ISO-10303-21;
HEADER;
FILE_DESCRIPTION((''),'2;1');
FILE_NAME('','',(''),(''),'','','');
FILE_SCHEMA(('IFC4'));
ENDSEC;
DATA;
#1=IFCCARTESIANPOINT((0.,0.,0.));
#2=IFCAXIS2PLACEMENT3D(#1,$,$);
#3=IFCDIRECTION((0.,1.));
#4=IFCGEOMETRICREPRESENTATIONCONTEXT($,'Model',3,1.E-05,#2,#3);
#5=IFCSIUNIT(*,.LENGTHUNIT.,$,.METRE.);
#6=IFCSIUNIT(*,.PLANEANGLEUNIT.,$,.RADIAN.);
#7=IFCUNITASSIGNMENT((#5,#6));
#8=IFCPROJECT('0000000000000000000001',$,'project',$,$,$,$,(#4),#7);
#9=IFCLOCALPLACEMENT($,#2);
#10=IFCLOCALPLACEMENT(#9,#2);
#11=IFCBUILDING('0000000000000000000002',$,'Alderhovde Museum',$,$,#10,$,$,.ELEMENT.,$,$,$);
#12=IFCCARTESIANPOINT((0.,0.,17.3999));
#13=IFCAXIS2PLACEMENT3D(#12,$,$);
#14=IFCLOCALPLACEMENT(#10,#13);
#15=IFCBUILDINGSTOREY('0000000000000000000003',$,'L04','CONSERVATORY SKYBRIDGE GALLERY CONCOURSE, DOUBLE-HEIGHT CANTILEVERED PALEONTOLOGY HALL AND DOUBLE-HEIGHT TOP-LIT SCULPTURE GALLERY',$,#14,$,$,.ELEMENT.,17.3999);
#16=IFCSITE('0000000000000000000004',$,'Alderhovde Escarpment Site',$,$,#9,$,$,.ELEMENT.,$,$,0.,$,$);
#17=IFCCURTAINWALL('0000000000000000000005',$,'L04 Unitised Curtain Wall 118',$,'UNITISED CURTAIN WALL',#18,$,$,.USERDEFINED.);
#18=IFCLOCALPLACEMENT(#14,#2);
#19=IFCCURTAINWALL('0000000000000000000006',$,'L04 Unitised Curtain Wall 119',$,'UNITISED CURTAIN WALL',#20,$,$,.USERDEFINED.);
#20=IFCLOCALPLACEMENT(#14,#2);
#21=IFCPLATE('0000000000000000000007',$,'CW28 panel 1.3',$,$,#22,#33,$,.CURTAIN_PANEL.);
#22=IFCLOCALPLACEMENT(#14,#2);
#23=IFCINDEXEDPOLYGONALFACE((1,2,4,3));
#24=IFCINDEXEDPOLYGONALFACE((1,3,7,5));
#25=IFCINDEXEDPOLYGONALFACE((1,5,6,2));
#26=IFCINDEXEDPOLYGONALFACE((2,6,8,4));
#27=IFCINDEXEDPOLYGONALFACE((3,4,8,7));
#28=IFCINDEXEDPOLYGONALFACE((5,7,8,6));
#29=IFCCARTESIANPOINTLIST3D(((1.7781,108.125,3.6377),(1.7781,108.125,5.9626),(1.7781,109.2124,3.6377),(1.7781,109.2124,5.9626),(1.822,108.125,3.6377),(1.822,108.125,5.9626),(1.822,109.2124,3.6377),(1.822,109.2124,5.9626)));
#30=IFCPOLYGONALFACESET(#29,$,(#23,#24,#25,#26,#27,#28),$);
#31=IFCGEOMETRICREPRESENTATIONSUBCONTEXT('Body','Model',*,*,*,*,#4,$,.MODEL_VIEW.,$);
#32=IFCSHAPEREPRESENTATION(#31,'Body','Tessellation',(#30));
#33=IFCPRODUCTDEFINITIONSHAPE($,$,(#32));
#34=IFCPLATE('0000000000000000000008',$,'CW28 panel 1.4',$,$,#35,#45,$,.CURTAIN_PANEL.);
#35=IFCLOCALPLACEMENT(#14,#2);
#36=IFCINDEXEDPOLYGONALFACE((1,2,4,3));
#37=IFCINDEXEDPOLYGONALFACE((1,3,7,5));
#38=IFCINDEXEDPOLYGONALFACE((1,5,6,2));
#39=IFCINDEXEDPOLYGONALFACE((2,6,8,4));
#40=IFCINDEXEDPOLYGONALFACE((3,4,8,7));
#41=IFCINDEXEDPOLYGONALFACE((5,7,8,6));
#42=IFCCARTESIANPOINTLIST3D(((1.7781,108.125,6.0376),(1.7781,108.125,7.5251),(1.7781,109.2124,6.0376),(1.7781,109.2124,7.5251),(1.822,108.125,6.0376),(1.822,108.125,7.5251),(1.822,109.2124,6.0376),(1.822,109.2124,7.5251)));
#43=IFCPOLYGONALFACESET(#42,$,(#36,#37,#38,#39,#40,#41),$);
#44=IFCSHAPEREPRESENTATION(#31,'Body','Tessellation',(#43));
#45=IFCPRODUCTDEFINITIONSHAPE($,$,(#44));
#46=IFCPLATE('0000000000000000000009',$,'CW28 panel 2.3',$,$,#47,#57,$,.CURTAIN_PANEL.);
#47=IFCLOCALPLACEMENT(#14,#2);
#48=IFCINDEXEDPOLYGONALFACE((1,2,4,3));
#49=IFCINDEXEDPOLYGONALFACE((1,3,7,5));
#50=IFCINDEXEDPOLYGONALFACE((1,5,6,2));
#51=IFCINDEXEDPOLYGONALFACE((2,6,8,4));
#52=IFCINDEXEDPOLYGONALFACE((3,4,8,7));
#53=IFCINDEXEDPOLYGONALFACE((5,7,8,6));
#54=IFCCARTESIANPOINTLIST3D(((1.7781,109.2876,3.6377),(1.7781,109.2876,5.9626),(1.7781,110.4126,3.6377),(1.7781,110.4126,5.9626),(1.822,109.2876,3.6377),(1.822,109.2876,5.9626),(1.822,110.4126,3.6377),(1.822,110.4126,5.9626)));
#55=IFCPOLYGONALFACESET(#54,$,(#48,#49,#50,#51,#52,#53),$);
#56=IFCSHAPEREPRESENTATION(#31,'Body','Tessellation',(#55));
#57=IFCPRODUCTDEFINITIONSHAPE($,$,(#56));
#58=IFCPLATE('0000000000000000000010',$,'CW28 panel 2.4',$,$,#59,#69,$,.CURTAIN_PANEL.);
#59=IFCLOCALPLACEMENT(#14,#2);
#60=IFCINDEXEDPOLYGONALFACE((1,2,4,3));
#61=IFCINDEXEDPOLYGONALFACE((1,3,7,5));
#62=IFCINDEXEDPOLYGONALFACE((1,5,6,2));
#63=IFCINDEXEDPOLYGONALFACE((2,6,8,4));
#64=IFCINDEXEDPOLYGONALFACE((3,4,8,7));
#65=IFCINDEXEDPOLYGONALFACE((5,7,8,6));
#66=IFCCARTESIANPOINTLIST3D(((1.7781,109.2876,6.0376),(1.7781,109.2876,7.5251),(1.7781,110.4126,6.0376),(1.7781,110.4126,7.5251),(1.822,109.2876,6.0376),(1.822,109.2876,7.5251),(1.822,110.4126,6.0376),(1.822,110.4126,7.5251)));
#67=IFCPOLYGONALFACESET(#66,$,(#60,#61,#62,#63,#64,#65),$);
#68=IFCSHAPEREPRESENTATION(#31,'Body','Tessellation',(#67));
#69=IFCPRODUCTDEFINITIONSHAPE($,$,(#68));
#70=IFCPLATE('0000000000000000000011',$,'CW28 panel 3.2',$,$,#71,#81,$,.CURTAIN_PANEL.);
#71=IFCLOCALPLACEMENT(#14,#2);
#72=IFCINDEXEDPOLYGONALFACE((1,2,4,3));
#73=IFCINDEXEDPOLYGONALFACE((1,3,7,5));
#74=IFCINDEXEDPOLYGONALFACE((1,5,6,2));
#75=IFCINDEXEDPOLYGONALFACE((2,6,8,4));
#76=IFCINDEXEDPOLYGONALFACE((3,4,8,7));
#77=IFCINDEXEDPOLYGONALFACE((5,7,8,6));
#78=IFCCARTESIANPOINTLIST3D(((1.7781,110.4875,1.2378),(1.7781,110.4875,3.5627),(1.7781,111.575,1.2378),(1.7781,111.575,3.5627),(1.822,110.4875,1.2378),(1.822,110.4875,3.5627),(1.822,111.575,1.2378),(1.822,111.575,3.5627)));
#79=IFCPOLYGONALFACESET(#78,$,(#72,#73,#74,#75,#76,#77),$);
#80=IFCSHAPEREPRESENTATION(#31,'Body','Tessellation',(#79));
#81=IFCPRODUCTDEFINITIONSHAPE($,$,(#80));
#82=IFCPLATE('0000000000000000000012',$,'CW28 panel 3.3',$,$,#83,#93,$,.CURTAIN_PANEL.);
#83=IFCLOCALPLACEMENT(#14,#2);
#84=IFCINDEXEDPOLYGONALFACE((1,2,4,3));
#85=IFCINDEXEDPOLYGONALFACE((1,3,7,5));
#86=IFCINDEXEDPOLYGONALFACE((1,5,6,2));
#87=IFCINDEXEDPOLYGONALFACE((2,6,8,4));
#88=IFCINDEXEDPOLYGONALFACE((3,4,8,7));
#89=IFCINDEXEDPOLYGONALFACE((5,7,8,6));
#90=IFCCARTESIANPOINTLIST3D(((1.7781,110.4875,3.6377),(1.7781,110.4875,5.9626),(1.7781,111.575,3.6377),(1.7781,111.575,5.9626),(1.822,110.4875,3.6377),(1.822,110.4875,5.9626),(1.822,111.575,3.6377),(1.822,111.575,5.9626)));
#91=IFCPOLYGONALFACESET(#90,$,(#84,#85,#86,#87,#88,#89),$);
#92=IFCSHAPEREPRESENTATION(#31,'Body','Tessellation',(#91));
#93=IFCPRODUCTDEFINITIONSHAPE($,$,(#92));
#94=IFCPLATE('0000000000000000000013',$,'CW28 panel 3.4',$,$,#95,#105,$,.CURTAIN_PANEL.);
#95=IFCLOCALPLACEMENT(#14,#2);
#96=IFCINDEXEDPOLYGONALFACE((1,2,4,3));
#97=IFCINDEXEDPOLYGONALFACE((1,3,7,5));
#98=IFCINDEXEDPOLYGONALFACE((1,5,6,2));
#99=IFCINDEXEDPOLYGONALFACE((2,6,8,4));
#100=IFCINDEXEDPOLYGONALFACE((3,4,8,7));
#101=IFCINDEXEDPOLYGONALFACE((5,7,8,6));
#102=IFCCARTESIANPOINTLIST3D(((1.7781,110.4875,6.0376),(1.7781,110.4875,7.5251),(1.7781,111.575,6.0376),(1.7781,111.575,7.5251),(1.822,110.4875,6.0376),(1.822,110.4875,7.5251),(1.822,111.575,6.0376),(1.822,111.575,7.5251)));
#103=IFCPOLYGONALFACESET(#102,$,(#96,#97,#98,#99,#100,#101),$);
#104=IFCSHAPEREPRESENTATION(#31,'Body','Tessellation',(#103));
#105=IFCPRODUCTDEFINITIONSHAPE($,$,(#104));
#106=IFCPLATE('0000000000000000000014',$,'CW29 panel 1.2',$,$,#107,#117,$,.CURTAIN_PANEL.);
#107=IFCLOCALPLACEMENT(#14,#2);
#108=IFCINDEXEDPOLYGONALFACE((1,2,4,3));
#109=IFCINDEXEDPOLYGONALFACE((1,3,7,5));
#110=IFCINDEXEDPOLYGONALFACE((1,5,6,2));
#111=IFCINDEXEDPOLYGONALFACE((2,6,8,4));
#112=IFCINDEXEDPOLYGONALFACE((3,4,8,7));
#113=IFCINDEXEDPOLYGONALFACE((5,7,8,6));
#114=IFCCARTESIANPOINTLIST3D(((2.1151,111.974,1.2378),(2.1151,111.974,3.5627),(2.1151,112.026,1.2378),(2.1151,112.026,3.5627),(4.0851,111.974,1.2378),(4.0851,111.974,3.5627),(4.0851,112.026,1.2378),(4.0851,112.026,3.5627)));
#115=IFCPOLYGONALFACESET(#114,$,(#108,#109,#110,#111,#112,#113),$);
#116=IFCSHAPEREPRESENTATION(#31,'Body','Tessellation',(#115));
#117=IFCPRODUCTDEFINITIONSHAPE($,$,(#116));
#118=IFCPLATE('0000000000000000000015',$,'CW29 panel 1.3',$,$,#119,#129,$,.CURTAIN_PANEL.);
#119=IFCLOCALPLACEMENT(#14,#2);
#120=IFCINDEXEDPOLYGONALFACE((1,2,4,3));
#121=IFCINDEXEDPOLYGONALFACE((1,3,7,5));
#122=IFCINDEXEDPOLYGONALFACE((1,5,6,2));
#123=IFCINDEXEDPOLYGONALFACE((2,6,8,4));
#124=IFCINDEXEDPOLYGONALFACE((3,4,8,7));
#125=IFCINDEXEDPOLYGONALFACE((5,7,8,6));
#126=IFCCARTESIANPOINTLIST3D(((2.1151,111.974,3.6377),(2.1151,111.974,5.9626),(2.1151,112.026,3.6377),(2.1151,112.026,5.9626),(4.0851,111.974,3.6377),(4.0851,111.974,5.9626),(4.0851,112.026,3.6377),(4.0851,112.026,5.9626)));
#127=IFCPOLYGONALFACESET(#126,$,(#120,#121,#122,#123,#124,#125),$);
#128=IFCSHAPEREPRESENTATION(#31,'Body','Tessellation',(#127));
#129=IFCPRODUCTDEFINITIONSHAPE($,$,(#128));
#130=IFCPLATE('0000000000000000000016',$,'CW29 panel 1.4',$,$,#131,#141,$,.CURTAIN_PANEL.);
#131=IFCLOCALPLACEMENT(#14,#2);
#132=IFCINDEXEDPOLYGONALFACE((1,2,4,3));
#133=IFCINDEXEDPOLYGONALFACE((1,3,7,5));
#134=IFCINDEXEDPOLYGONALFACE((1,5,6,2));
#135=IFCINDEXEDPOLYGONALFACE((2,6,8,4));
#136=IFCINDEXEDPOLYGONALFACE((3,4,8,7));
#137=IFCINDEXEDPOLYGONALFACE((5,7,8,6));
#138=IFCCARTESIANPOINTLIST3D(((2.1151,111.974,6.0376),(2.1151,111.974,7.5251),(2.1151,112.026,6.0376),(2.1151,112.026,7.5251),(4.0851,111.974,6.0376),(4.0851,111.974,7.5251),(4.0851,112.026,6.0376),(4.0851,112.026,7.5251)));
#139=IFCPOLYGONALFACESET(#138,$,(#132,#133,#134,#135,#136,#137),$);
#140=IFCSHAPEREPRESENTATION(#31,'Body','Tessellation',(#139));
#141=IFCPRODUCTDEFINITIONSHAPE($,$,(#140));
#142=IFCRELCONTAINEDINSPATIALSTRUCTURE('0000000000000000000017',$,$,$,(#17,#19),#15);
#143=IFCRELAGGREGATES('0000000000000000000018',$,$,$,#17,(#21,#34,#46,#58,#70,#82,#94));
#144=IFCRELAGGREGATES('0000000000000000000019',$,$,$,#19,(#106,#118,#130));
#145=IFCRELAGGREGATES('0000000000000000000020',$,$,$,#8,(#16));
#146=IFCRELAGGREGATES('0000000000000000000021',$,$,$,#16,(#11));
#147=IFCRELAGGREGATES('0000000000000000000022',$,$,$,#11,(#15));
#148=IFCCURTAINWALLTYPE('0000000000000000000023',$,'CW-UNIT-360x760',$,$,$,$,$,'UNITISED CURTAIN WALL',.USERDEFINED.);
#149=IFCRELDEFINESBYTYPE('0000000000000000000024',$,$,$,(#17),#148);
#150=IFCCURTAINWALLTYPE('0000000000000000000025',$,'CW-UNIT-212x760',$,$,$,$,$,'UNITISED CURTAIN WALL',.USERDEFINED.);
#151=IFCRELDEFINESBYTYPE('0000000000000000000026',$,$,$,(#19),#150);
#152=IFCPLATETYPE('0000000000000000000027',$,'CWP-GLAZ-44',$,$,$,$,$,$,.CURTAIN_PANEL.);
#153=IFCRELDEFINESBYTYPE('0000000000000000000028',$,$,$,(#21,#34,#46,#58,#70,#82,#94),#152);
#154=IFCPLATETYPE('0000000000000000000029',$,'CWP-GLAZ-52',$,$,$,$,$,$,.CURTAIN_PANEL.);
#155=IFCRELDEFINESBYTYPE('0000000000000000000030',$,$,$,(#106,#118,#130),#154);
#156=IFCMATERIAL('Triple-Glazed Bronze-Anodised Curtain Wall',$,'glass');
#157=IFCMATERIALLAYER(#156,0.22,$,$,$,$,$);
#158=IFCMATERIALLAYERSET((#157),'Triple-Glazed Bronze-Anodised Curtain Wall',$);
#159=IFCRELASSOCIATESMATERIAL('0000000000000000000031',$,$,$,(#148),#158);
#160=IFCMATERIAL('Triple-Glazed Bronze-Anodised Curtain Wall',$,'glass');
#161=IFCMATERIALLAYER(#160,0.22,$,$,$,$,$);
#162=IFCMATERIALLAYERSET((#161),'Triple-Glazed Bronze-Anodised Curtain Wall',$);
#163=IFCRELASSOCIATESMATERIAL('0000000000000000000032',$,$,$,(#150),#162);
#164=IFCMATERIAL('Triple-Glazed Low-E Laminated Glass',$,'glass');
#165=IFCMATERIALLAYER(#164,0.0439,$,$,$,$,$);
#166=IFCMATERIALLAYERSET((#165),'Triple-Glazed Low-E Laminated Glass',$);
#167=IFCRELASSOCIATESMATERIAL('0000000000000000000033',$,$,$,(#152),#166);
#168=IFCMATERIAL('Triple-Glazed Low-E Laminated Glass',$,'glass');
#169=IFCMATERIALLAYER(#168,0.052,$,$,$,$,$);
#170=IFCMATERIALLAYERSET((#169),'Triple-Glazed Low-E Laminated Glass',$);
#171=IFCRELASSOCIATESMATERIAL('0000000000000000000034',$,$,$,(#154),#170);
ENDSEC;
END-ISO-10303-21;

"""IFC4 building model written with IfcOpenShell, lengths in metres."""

from ifc_helpers import new_model, si_unit, direction, frame, origin, origin_2d, place, context, subcontext, project, spatial, rectangle, extrude, material, layer, layer_set, type_object, element, aggregate, save


model = new_model("IFC4")

# Units and contexts
model_context = context("Model", 3, precision=1e-05, world=origin(), true_north=direction((0.0, 1.0)))
body_context = subcontext(model_context, "Body", "Model", "MODEL_VIEW")
ifc_project = project(units=[si_unit("LENGTHUNIT", "METRE"), si_unit("PLANEANGLEUNIT", "RADIAN")], contexts=[model_context])

# Site, building, storey
site_placement = place(None, origin())
site = spatial("IfcSite", under=ifc_project, at=site_placement, Name="Alderhovde Escarpment Site", CompositionType="ELEMENT", RefElevation=0.0)
building_placement = place(site_placement, origin())
building = spatial("IfcBuilding", under=site, at=building_placement, Name="Alderhovde Museum", CompositionType="ELEMENT")
storey_placement = place(building_placement, frame((0.0, 0.0, 17.3999)))
storey = spatial("IfcBuildingStorey", under=building, at=storey_placement, Name="L04", Description="CONSERVATORY SKYBRIDGE GALLERY CONCOURSE, DOUBLE-HEIGHT CANTILEVERED PALEONTOLOGY HALL AND DOUBLE-HEIGHT TOP-LIT SCULPTURE GALLERY", CompositionType="ELEMENT", Elevation=17.3999)

# Curtain walls
ifc_material_1 = material(Name="Triple-Glazed Bronze-Anodised Curtain Wall", Category="glass")
ifc_layer_1 = layer(ifc_material_1, 0.22)
ifc_layer_set_1 = layer_set([ifc_layer_1], Name="Triple-Glazed Bronze-Anodised Curtain Wall")
curtain_wall_type_1 = type_object("IfcCurtainWallType", Name="CW-UNIT-360x760", ElementType="UNITISED CURTAIN WALL", PredefinedType="USERDEFINED", material=ifc_layer_set_1)
curtain_wall_1_placement = place(storey_placement, origin())
curtain_wall_1 = element("IfcCurtainWall", 1, at=curtain_wall_1_placement, inside=storey, type_object=curtain_wall_type_1, Name="L04 Unitised Curtain Wall 118", ObjectType="UNITISED CURTAIN WALL", PredefinedType="USERDEFINED")
ifc_material_2 = material(Name="Triple-Glazed Bronze-Anodised Curtain Wall", Category="glass")
ifc_layer_2 = layer(ifc_material_2, 0.22)
ifc_layer_set_2 = layer_set([ifc_layer_2], Name="Triple-Glazed Bronze-Anodised Curtain Wall")
curtain_wall_type_2 = type_object("IfcCurtainWallType", Name="CW-UNIT-212x760", ElementType="UNITISED CURTAIN WALL", PredefinedType="USERDEFINED", material=ifc_layer_set_2)
curtain_wall_2_placement = place(storey_placement, origin())
curtain_wall_2 = element("IfcCurtainWall", 2, at=curtain_wall_2_placement, inside=storey, type_object=curtain_wall_type_2, Name="L04 Unitised Curtain Wall 119", ObjectType="UNITISED CURTAIN WALL", PredefinedType="USERDEFINED")

# Plates
ifc_material_3 = material(Name="Triple-Glazed Low-E Laminated Glass", Category="glass")
ifc_layer_3 = layer(ifc_material_3, 0.0439)
ifc_layer_set_3 = layer_set([ifc_layer_3], Name="Triple-Glazed Low-E Laminated Glass")
plate_type_1 = type_object("IfcPlateType", Name="CWP-GLAZ-44", PredefinedType="CURTAIN_PANEL", material=ifc_layer_set_3)
plate_1_placement = place(storey_placement, frame((1.8, 108.6687, 3.6377), z_axis=(0.0, 0.0, 1.0), x_axis=(0.0, 1.0, 0.0)))
plate_1 = element("IfcPlate", 3, at=plate_1_placement, type_object=plate_type_1, Name="CW28 panel 1.3", PredefinedType="CURTAIN_PANEL", context=body_context, shape_type="SweptSolid", body=[
    extrude(rectangle(XDim=1.0874, YDim=0.0439, at=origin_2d()), origin(), (0.0, 0.0, 1.0), 2.325),
])
plate_2_placement = place(storey_placement, frame((1.8, 108.6687, 6.0376), z_axis=(0.0, 0.0, 1.0), x_axis=(0.0, 1.0, 0.0)))
plate_2 = element("IfcPlate", 4, at=plate_2_placement, type_object=plate_type_1, Name="CW28 panel 1.4", PredefinedType="CURTAIN_PANEL", context=body_context, shape_type="SweptSolid", body=[
    extrude(rectangle(XDim=1.0874, YDim=0.0439, at=origin_2d()), origin(), (0.0, 0.0, 1.0), 1.4875),
])
plate_3_placement = place(storey_placement, frame((1.8, 109.8501, 3.6377), z_axis=(0.0, 0.0, 1.0), x_axis=(0.0, 1.0, 0.0)))
plate_3 = element("IfcPlate", 5, at=plate_3_placement, type_object=plate_type_1, Name="CW28 panel 2.3", PredefinedType="CURTAIN_PANEL", context=body_context, shape_type="SweptSolid", body=[
    extrude(rectangle(XDim=1.125, YDim=0.0439, at=origin_2d()), origin(), (0.0, 0.0, 1.0), 2.325),
])
plate_4_placement = place(storey_placement, frame((1.8, 109.8501, 6.0376), z_axis=(0.0, 0.0, 1.0), x_axis=(0.0, 1.0, 0.0)))
plate_4 = element("IfcPlate", 6, at=plate_4_placement, type_object=plate_type_1, Name="CW28 panel 2.4", PredefinedType="CURTAIN_PANEL", context=body_context, shape_type="SweptSolid", body=[
    extrude(rectangle(XDim=1.125, YDim=0.0439, at=origin_2d()), origin(), (0.0, 0.0, 1.0), 1.4875),
])
plate_5_placement = place(storey_placement, frame((1.8, 111.0312, 1.2378), z_axis=(0.0, 0.0, 1.0), x_axis=(0.0, 1.0, 0.0)))
plate_5 = element("IfcPlate", 7, at=plate_5_placement, type_object=plate_type_1, Name="CW28 panel 3.2", PredefinedType="CURTAIN_PANEL", context=body_context, shape_type="SweptSolid", body=[
    extrude(rectangle(XDim=1.0874, YDim=0.0439, at=origin_2d()), origin(), (0.0, 0.0, 1.0), 2.325),
])
plate_6_placement = place(storey_placement, frame((1.8, 111.0312, 3.6377), z_axis=(0.0, 0.0, 1.0), x_axis=(0.0, 1.0, 0.0)))
plate_6 = element("IfcPlate", 8, at=plate_6_placement, type_object=plate_type_1, Name="CW28 panel 3.3", PredefinedType="CURTAIN_PANEL", context=body_context, shape_type="SweptSolid", body=[
    extrude(rectangle(XDim=1.0874, YDim=0.0439, at=origin_2d()), origin(), (0.0, 0.0, 1.0), 2.325),
])
plate_7_placement = place(storey_placement, frame((1.8, 111.0312, 6.0376), z_axis=(0.0, 0.0, 1.0), x_axis=(0.0, 1.0, 0.0)))
plate_7 = element("IfcPlate", 9, at=plate_7_placement, type_object=plate_type_1, Name="CW28 panel 3.4", PredefinedType="CURTAIN_PANEL", context=body_context, shape_type="SweptSolid", body=[
    extrude(rectangle(XDim=1.0874, YDim=0.0439, at=origin_2d()), origin(), (0.0, 0.0, 1.0), 1.4875),
])
aggregate(curtain_wall_1, [plate_1, plate_2, plate_3, plate_4, plate_5, plate_6, plate_7])
ifc_material_4 = material(Name="Triple-Glazed Low-E Laminated Glass", Category="glass")
ifc_layer_4 = layer(ifc_material_4, 0.052)
ifc_layer_set_4 = layer_set([ifc_layer_4], Name="Triple-Glazed Low-E Laminated Glass")
plate_type_2 = type_object("IfcPlateType", Name="CWP-GLAZ-52", PredefinedType="CURTAIN_PANEL", material=ifc_layer_set_4)
plate_8_placement = place(storey_placement, frame((3.1001, 112.0, 1.2378), z_axis=(0.0, 0.0, 1.0), x_axis=(1.0, 0.0, 0.0)))
plate_8 = element("IfcPlate", 10, at=plate_8_placement, type_object=plate_type_2, Name="CW29 panel 1.2", PredefinedType="CURTAIN_PANEL", context=body_context, shape_type="SweptSolid", body=[
    extrude(rectangle(XDim=1.97, YDim=0.052, at=origin_2d()), origin(), (0.0, 0.0, 1.0), 2.325),
])
plate_9_placement = place(storey_placement, frame((3.1001, 112.0, 3.6377), z_axis=(0.0, 0.0, 1.0), x_axis=(1.0, 0.0, 0.0)))
plate_9 = element("IfcPlate", 11, at=plate_9_placement, type_object=plate_type_2, Name="CW29 panel 1.3", PredefinedType="CURTAIN_PANEL", context=body_context, shape_type="SweptSolid", body=[
    extrude(rectangle(XDim=1.97, YDim=0.052, at=origin_2d()), origin(), (0.0, 0.0, 1.0), 2.325),
])
plate_10_placement = place(storey_placement, frame((3.1001, 112.0, 6.0376), z_axis=(0.0, 0.0, 1.0), x_axis=(1.0, 0.0, 0.0)))
plate_10 = element("IfcPlate", 12, at=plate_10_placement, type_object=plate_type_2, Name="CW29 panel 1.4", PredefinedType="CURTAIN_PANEL", context=body_context, shape_type="SweptSolid", body=[
    extrude(rectangle(XDim=1.97, YDim=0.052, at=origin_2d()), origin(), (0.0, 0.0, 1.0), 1.4875),
])
aggregate(curtain_wall_2, [plate_8, plate_9, plate_10])

save(model, "model.ifc")
